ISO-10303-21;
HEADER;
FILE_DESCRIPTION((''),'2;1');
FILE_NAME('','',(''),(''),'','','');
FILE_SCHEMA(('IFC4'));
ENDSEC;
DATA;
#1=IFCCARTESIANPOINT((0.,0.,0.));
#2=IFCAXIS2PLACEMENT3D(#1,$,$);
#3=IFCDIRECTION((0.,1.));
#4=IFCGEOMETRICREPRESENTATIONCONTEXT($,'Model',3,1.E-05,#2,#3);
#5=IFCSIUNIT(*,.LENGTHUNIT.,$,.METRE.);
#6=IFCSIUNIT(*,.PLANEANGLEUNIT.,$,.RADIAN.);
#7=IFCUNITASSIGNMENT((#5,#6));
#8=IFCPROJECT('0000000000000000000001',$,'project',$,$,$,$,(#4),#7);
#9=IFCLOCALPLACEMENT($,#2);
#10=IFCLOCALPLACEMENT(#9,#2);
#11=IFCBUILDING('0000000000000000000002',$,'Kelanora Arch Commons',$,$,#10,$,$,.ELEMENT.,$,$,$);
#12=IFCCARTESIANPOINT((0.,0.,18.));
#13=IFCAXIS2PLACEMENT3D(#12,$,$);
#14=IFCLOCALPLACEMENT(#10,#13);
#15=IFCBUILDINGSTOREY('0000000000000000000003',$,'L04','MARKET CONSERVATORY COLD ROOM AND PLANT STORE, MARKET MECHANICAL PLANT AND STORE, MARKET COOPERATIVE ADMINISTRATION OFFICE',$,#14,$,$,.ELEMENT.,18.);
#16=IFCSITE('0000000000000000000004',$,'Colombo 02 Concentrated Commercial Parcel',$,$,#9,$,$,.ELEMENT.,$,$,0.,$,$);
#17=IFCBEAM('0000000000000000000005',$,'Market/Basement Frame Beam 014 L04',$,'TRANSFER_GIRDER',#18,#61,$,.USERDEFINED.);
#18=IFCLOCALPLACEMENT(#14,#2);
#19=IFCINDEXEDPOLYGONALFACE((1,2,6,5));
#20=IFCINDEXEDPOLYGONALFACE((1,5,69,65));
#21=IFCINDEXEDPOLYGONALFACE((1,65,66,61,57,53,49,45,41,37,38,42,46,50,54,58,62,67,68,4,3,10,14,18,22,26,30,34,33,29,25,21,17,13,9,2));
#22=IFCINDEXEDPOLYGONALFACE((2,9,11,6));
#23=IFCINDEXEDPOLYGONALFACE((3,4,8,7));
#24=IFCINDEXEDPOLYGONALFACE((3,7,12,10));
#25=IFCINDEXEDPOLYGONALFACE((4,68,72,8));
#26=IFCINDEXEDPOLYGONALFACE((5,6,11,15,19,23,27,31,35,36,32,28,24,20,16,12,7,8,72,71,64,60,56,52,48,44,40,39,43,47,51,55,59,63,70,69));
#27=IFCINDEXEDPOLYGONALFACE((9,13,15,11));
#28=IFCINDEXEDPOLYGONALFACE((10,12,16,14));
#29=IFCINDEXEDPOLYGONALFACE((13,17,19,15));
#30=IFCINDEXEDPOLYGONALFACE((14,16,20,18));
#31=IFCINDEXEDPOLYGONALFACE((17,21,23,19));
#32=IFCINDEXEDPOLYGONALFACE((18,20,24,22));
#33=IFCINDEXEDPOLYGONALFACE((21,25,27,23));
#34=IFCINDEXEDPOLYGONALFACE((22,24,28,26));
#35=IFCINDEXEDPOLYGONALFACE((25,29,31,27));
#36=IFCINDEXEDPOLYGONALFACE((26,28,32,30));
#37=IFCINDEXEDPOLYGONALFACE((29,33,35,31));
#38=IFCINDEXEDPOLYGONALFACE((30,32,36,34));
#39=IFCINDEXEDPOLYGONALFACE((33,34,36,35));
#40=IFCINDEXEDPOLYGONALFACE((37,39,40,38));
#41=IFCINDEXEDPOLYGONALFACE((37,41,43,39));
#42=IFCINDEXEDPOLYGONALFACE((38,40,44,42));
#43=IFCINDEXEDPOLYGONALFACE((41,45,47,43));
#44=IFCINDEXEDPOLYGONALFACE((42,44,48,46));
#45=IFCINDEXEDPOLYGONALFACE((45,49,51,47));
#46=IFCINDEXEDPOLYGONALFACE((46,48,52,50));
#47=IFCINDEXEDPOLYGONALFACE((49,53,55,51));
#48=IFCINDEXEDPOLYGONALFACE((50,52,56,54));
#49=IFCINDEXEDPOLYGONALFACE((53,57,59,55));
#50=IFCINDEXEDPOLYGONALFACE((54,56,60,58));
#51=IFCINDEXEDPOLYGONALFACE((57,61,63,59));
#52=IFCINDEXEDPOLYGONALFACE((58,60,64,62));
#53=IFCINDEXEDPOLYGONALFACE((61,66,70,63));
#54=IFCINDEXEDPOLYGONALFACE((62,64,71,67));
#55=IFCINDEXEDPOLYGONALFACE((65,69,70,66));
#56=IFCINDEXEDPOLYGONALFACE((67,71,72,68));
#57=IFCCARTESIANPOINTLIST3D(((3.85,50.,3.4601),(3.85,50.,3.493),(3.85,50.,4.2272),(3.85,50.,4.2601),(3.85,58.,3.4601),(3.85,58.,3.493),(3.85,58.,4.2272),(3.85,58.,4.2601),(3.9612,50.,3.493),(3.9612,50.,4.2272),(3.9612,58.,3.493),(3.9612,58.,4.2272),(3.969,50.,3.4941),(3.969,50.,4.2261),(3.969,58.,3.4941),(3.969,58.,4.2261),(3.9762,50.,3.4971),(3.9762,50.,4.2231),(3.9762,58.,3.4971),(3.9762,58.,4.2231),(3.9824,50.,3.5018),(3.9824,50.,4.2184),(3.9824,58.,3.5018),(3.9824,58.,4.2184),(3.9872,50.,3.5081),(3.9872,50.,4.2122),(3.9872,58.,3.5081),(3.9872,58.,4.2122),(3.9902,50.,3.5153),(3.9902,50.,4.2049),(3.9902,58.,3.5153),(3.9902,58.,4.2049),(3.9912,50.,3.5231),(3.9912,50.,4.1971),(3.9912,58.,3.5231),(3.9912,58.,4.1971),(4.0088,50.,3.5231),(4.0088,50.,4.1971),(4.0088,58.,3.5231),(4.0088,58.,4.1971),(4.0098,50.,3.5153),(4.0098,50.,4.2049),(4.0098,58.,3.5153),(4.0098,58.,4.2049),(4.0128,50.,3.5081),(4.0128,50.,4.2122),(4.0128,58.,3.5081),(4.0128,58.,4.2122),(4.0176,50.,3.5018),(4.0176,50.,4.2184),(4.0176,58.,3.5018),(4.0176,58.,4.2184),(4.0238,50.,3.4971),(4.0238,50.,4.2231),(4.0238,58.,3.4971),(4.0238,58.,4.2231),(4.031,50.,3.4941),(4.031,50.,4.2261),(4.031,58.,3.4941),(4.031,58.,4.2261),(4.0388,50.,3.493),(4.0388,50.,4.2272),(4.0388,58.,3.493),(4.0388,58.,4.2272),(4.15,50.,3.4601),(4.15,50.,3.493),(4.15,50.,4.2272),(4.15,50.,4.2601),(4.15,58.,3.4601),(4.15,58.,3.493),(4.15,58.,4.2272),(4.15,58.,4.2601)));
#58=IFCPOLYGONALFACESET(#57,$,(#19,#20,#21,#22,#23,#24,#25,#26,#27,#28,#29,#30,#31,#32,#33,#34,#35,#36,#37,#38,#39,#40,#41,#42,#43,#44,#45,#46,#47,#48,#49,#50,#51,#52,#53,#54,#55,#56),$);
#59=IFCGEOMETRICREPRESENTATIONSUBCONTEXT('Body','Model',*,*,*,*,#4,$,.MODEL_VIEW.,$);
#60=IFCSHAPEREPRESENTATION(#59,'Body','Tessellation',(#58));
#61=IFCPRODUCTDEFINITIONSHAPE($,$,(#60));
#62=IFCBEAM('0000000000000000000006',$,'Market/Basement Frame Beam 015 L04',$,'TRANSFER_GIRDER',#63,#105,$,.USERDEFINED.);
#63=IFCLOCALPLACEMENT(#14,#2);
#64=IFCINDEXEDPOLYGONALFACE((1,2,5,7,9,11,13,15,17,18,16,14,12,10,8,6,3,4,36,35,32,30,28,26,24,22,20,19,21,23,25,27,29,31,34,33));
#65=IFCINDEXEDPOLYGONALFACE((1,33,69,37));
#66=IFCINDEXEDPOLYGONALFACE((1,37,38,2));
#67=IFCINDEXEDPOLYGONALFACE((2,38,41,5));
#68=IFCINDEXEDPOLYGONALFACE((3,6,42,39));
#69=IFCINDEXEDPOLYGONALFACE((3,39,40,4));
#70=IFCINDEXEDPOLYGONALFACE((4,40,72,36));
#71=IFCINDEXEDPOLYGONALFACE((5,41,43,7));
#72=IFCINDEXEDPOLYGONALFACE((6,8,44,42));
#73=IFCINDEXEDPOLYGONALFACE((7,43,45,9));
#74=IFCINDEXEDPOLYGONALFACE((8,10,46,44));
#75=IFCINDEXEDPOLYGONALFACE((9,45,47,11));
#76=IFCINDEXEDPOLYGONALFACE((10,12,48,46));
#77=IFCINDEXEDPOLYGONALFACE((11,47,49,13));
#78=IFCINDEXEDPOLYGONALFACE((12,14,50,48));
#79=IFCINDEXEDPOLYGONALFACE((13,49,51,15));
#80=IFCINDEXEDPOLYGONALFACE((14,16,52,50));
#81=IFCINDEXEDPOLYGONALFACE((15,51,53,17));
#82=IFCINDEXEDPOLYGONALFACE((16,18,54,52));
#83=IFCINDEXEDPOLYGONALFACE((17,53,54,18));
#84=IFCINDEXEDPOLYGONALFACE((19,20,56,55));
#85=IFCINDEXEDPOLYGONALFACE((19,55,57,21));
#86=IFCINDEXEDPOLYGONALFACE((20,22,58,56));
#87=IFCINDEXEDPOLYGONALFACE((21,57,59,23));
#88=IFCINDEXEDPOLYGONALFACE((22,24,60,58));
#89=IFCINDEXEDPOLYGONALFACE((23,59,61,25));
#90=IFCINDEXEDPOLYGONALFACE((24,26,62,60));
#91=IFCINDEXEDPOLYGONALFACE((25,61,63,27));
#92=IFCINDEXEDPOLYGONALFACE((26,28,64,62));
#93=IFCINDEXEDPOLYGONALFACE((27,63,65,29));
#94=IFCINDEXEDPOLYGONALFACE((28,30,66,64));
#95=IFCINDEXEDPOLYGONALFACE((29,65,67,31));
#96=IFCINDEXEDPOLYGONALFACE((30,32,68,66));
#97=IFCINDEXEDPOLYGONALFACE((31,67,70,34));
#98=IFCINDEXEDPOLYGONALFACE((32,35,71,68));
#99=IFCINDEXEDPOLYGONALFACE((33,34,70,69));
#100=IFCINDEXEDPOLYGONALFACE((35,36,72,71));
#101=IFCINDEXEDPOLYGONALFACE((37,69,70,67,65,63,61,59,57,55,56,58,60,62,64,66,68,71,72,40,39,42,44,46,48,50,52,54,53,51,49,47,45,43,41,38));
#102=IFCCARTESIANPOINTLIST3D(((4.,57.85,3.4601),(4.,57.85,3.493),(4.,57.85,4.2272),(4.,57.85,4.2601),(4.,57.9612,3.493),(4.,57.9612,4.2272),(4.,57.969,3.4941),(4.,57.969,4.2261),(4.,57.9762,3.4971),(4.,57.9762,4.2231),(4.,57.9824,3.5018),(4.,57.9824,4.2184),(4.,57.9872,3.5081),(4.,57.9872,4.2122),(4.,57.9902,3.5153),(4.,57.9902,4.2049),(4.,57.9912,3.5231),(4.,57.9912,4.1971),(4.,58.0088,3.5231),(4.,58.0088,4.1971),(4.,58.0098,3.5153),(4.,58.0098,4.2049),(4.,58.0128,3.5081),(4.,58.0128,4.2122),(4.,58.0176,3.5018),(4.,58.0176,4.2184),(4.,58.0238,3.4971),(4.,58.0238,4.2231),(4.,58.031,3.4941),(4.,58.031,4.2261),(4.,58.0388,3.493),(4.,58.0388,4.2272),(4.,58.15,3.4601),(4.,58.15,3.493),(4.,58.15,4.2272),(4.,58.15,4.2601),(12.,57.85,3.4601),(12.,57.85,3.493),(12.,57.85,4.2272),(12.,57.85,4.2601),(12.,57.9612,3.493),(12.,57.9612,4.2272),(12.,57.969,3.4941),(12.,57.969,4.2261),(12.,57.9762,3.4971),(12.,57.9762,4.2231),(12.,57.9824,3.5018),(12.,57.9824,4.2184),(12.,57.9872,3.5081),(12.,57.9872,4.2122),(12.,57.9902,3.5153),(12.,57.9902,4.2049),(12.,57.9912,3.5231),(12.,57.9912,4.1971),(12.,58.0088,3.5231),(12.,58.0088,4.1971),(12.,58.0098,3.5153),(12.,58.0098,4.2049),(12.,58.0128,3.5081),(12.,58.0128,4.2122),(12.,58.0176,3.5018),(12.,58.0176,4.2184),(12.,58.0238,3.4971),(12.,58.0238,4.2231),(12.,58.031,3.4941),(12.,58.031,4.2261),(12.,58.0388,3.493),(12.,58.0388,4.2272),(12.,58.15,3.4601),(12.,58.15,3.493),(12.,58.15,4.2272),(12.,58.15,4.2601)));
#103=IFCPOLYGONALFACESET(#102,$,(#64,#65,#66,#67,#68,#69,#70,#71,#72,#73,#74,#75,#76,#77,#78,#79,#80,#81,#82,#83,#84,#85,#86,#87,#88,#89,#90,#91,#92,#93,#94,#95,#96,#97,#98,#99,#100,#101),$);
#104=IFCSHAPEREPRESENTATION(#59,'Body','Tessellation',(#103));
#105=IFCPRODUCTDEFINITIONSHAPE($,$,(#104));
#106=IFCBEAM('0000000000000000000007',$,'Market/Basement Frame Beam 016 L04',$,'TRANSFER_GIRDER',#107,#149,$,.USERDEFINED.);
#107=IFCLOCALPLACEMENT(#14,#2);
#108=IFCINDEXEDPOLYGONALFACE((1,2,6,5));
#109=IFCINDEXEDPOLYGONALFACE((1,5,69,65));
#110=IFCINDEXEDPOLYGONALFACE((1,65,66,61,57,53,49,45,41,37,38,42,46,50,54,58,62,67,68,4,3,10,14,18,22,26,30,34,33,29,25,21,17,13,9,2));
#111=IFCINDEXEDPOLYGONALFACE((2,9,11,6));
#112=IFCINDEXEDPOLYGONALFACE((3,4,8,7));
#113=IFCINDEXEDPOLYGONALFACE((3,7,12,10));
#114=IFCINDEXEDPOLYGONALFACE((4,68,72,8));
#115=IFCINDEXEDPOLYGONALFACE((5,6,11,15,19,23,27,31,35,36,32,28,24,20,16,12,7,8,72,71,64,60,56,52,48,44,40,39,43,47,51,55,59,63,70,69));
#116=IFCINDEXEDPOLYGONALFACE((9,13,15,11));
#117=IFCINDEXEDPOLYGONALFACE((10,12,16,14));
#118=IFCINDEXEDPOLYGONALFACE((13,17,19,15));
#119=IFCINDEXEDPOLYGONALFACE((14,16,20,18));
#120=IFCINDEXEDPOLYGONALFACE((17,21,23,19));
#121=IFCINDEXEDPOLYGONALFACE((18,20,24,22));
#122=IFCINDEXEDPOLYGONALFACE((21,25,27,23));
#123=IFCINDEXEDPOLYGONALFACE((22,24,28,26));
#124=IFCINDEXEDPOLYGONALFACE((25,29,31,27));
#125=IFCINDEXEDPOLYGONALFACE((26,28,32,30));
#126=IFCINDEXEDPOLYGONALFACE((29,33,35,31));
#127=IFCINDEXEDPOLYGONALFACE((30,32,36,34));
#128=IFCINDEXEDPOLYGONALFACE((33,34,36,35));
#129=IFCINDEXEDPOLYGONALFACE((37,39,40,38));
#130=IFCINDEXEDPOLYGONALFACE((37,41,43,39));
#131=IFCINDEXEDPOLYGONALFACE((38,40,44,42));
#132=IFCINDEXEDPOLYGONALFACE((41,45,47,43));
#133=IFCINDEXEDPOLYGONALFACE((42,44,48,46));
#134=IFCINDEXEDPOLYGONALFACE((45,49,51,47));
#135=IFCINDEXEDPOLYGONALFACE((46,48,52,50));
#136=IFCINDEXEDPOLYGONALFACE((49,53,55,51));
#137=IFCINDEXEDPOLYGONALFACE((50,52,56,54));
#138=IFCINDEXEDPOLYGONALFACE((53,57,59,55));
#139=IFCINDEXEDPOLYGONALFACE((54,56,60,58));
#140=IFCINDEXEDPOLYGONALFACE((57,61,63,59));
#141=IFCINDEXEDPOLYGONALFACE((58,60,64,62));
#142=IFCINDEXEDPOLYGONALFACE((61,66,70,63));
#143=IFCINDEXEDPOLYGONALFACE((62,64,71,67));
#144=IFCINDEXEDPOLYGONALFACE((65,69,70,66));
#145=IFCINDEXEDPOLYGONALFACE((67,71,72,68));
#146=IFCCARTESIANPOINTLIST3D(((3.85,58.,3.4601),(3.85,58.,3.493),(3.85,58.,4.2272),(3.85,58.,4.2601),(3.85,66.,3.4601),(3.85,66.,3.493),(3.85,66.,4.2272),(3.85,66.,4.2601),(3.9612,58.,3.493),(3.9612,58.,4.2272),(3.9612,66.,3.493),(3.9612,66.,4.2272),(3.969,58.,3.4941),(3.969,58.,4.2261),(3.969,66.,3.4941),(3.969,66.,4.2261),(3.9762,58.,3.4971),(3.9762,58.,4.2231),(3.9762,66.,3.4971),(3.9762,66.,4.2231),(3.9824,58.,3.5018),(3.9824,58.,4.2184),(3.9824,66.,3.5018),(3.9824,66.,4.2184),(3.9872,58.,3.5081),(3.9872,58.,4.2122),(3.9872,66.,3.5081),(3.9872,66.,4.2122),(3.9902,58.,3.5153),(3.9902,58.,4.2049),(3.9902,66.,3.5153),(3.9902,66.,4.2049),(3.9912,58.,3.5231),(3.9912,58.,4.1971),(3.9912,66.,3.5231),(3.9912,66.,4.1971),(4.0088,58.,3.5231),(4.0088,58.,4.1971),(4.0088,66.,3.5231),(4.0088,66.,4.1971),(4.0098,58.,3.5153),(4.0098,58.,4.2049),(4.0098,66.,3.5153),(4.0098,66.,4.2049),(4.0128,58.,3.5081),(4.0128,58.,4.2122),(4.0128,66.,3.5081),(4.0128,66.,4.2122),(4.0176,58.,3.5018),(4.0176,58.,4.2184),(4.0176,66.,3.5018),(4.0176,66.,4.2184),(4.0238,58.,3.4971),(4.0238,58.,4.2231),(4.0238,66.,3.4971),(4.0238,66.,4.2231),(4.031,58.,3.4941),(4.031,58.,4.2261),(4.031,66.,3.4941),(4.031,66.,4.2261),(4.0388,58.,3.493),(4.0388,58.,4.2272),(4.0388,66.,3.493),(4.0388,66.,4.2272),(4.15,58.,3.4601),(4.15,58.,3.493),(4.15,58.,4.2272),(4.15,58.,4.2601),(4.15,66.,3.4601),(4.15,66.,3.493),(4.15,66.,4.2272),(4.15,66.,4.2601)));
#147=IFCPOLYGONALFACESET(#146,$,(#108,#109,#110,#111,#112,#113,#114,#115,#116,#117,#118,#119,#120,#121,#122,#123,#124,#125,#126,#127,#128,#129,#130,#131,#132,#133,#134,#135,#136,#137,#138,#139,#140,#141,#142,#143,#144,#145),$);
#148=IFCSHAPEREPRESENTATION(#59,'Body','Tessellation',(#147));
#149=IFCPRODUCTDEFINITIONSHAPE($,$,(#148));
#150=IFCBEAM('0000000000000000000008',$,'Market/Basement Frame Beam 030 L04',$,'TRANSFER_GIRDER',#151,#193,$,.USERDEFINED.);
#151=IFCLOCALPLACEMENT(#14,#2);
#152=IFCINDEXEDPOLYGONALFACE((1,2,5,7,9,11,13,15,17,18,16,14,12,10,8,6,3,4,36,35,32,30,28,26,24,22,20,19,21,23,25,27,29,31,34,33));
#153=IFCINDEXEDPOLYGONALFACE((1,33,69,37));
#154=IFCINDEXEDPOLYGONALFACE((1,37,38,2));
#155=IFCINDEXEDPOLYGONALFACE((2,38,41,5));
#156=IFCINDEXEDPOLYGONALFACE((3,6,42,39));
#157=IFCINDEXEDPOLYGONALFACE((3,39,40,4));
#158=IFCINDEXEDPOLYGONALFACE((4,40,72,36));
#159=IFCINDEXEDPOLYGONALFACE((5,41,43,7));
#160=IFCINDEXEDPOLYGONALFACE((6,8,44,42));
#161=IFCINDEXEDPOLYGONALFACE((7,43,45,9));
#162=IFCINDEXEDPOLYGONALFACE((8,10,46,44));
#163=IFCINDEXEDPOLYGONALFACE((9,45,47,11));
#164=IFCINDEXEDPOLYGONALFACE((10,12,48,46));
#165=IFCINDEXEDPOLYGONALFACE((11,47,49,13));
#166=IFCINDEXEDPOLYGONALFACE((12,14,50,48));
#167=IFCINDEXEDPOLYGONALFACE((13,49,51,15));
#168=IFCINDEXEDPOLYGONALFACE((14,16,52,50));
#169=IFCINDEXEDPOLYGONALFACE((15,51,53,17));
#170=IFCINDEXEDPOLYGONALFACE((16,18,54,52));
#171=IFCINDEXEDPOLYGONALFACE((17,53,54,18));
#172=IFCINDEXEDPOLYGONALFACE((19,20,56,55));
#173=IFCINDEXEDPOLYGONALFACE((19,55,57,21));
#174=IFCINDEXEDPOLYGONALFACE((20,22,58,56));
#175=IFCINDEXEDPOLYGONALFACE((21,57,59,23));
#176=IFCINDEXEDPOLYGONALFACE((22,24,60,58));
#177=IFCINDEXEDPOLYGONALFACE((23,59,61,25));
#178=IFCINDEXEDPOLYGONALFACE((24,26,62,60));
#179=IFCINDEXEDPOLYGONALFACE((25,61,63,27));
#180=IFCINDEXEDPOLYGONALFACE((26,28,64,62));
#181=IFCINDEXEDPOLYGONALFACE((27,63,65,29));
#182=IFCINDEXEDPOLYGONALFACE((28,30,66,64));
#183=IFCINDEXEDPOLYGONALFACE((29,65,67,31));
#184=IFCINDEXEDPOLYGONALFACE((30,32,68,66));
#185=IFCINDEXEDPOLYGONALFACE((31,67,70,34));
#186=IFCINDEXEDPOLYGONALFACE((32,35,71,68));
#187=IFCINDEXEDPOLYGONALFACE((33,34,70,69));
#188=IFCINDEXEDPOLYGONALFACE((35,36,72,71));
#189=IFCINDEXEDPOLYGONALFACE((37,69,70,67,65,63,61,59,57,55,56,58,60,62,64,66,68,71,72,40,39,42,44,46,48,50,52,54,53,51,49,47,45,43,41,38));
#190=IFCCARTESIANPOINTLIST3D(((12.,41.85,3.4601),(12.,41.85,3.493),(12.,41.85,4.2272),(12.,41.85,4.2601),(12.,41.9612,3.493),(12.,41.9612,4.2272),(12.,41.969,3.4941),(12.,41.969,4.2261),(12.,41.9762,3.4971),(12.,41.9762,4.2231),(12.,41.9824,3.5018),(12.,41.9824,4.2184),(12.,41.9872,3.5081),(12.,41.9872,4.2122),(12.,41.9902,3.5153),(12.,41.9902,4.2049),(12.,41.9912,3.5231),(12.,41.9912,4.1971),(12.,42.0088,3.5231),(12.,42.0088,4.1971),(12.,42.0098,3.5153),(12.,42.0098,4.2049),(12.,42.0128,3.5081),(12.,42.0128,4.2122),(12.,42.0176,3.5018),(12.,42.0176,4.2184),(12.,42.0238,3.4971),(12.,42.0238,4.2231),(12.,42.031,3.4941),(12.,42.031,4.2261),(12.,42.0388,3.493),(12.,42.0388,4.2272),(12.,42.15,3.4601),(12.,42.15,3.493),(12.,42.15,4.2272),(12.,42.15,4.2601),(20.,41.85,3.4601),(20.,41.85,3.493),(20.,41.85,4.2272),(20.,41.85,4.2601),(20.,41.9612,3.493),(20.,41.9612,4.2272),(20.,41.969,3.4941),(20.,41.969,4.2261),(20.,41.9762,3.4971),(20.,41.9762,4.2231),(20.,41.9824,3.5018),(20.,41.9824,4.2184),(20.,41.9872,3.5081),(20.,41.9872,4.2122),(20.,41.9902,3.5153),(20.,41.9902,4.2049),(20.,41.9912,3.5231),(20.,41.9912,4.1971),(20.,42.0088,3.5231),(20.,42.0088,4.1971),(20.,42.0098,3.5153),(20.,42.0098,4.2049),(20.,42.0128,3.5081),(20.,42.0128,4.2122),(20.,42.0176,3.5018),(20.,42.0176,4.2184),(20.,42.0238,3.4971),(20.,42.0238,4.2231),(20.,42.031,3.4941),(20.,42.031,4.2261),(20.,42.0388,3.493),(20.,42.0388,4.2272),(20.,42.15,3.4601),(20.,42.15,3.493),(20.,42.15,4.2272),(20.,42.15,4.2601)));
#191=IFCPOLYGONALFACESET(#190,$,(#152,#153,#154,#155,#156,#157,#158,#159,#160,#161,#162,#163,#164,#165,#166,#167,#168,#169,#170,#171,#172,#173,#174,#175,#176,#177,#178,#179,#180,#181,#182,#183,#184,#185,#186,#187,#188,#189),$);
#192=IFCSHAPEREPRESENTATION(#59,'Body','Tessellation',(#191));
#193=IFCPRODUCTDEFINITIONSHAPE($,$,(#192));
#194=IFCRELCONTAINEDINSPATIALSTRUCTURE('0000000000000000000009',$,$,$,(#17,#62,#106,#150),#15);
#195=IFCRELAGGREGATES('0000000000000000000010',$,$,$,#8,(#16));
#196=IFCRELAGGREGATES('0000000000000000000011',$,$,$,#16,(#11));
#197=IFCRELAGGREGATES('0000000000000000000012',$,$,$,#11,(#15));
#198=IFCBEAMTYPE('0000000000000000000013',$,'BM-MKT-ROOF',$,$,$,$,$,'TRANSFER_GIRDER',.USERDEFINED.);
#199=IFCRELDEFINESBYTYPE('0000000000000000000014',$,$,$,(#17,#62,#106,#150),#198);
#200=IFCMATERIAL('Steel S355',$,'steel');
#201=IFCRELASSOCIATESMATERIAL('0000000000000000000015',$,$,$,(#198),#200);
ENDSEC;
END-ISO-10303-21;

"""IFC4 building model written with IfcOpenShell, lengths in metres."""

from ifc_helpers import new_model, si_unit, direction, frame, origin, origin_2d, place, context, subcontext, project, spatial, i_section, extrude, material, material_profile, profile_set, type_object, element, save


model = new_model("IFC4")

# Units and contexts
model_context = context("Model", 3, precision=1e-05, world=origin(), true_north=direction((0.0, 1.0)))
body_context = subcontext(model_context, "Body", "Model", "MODEL_VIEW")
ifc_project = project(units=[si_unit("LENGTHUNIT", "METRE"), si_unit("PLANEANGLEUNIT", "RADIAN")], contexts=[model_context])

# Site, building, storey
site_placement = place(None, origin())
site = spatial("IfcSite", under=ifc_project, at=site_placement, Name="Colombo 02 Concentrated Commercial Parcel", CompositionType="ELEMENT", RefElevation=0.0)
building_placement = place(site_placement, origin())
building = spatial("IfcBuilding", under=site, at=building_placement, Name="Kelanora Arch Commons", CompositionType="ELEMENT")
storey_placement = place(building_placement, frame((0.0, 0.0, 18.0)))
storey = spatial("IfcBuildingStorey", under=building, at=storey_placement, Name="L04", Description="MARKET CONSERVATORY COLD ROOM AND PLANT STORE, MARKET MECHANICAL PLANT AND STORE, MARKET COOPERATIVE ADMINISTRATION OFFICE", CompositionType="ELEMENT", Elevation=18.0)

# Beams
ifc_material_1 = material(Name="Steel S355", Category="steel")
ifc_material_profile_1 = material_profile(ifc_material_1, i_section(OverallWidth=0.3, OverallDepth=0.8, WebThickness=0.0176, FlangeThickness=0.033, FilletRadius=0.03, at=origin_2d()), Name="HEB800")
ifc_profile_set_1 = profile_set([ifc_material_profile_1], Name="Steel S355")
beam_type = type_object("IfcBeamType", Name="BM-MKT-ROOF", ElementType="TRANSFER_GIRDER", PredefinedType="USERDEFINED", material=ifc_profile_set_1)
for number, where, z_axis, x_axis, name in (
    (1, (4.0, 50.0, 3.8601), (0.0, 1.0, 0.0), (-1.0, 0.0, 0.0), "Market/Basement Frame Beam 014 L04"),
    (2, (4.0, 58.0, 3.8601), (1.0, 0.0, 0.0), (0.0, 1.0, 0.0), "Market/Basement Frame Beam 015 L04"),
    (3, (4.0, 58.0, 3.8601), (0.0, 1.0, 0.0), (-1.0, 0.0, 0.0), "Market/Basement Frame Beam 016 L04"),
    (4, (12.0, 42.0, 3.8601), (1.0, 0.0, 0.0), (0.0, 1.0, 0.0), "Market/Basement Frame Beam 030 L04"),
):
    element("IfcBeam", number, at=place(storey_placement, frame(where, z_axis=z_axis, x_axis=x_axis)), inside=storey, type_object=beam_type, Name=name, ObjectType="TRANSFER_GIRDER", PredefinedType="USERDEFINED", context=body_context, shape_type="SweptSolid", body=[
        extrude(i_section(OverallWidth=0.3, OverallDepth=0.8, WebThickness=0.0176, FlangeThickness=0.033, FilletRadius=0.03, at=origin_2d()), origin(), (0.0, 0.0, 1.0), 8.0),
    ])

save(model, "model.ifc")
